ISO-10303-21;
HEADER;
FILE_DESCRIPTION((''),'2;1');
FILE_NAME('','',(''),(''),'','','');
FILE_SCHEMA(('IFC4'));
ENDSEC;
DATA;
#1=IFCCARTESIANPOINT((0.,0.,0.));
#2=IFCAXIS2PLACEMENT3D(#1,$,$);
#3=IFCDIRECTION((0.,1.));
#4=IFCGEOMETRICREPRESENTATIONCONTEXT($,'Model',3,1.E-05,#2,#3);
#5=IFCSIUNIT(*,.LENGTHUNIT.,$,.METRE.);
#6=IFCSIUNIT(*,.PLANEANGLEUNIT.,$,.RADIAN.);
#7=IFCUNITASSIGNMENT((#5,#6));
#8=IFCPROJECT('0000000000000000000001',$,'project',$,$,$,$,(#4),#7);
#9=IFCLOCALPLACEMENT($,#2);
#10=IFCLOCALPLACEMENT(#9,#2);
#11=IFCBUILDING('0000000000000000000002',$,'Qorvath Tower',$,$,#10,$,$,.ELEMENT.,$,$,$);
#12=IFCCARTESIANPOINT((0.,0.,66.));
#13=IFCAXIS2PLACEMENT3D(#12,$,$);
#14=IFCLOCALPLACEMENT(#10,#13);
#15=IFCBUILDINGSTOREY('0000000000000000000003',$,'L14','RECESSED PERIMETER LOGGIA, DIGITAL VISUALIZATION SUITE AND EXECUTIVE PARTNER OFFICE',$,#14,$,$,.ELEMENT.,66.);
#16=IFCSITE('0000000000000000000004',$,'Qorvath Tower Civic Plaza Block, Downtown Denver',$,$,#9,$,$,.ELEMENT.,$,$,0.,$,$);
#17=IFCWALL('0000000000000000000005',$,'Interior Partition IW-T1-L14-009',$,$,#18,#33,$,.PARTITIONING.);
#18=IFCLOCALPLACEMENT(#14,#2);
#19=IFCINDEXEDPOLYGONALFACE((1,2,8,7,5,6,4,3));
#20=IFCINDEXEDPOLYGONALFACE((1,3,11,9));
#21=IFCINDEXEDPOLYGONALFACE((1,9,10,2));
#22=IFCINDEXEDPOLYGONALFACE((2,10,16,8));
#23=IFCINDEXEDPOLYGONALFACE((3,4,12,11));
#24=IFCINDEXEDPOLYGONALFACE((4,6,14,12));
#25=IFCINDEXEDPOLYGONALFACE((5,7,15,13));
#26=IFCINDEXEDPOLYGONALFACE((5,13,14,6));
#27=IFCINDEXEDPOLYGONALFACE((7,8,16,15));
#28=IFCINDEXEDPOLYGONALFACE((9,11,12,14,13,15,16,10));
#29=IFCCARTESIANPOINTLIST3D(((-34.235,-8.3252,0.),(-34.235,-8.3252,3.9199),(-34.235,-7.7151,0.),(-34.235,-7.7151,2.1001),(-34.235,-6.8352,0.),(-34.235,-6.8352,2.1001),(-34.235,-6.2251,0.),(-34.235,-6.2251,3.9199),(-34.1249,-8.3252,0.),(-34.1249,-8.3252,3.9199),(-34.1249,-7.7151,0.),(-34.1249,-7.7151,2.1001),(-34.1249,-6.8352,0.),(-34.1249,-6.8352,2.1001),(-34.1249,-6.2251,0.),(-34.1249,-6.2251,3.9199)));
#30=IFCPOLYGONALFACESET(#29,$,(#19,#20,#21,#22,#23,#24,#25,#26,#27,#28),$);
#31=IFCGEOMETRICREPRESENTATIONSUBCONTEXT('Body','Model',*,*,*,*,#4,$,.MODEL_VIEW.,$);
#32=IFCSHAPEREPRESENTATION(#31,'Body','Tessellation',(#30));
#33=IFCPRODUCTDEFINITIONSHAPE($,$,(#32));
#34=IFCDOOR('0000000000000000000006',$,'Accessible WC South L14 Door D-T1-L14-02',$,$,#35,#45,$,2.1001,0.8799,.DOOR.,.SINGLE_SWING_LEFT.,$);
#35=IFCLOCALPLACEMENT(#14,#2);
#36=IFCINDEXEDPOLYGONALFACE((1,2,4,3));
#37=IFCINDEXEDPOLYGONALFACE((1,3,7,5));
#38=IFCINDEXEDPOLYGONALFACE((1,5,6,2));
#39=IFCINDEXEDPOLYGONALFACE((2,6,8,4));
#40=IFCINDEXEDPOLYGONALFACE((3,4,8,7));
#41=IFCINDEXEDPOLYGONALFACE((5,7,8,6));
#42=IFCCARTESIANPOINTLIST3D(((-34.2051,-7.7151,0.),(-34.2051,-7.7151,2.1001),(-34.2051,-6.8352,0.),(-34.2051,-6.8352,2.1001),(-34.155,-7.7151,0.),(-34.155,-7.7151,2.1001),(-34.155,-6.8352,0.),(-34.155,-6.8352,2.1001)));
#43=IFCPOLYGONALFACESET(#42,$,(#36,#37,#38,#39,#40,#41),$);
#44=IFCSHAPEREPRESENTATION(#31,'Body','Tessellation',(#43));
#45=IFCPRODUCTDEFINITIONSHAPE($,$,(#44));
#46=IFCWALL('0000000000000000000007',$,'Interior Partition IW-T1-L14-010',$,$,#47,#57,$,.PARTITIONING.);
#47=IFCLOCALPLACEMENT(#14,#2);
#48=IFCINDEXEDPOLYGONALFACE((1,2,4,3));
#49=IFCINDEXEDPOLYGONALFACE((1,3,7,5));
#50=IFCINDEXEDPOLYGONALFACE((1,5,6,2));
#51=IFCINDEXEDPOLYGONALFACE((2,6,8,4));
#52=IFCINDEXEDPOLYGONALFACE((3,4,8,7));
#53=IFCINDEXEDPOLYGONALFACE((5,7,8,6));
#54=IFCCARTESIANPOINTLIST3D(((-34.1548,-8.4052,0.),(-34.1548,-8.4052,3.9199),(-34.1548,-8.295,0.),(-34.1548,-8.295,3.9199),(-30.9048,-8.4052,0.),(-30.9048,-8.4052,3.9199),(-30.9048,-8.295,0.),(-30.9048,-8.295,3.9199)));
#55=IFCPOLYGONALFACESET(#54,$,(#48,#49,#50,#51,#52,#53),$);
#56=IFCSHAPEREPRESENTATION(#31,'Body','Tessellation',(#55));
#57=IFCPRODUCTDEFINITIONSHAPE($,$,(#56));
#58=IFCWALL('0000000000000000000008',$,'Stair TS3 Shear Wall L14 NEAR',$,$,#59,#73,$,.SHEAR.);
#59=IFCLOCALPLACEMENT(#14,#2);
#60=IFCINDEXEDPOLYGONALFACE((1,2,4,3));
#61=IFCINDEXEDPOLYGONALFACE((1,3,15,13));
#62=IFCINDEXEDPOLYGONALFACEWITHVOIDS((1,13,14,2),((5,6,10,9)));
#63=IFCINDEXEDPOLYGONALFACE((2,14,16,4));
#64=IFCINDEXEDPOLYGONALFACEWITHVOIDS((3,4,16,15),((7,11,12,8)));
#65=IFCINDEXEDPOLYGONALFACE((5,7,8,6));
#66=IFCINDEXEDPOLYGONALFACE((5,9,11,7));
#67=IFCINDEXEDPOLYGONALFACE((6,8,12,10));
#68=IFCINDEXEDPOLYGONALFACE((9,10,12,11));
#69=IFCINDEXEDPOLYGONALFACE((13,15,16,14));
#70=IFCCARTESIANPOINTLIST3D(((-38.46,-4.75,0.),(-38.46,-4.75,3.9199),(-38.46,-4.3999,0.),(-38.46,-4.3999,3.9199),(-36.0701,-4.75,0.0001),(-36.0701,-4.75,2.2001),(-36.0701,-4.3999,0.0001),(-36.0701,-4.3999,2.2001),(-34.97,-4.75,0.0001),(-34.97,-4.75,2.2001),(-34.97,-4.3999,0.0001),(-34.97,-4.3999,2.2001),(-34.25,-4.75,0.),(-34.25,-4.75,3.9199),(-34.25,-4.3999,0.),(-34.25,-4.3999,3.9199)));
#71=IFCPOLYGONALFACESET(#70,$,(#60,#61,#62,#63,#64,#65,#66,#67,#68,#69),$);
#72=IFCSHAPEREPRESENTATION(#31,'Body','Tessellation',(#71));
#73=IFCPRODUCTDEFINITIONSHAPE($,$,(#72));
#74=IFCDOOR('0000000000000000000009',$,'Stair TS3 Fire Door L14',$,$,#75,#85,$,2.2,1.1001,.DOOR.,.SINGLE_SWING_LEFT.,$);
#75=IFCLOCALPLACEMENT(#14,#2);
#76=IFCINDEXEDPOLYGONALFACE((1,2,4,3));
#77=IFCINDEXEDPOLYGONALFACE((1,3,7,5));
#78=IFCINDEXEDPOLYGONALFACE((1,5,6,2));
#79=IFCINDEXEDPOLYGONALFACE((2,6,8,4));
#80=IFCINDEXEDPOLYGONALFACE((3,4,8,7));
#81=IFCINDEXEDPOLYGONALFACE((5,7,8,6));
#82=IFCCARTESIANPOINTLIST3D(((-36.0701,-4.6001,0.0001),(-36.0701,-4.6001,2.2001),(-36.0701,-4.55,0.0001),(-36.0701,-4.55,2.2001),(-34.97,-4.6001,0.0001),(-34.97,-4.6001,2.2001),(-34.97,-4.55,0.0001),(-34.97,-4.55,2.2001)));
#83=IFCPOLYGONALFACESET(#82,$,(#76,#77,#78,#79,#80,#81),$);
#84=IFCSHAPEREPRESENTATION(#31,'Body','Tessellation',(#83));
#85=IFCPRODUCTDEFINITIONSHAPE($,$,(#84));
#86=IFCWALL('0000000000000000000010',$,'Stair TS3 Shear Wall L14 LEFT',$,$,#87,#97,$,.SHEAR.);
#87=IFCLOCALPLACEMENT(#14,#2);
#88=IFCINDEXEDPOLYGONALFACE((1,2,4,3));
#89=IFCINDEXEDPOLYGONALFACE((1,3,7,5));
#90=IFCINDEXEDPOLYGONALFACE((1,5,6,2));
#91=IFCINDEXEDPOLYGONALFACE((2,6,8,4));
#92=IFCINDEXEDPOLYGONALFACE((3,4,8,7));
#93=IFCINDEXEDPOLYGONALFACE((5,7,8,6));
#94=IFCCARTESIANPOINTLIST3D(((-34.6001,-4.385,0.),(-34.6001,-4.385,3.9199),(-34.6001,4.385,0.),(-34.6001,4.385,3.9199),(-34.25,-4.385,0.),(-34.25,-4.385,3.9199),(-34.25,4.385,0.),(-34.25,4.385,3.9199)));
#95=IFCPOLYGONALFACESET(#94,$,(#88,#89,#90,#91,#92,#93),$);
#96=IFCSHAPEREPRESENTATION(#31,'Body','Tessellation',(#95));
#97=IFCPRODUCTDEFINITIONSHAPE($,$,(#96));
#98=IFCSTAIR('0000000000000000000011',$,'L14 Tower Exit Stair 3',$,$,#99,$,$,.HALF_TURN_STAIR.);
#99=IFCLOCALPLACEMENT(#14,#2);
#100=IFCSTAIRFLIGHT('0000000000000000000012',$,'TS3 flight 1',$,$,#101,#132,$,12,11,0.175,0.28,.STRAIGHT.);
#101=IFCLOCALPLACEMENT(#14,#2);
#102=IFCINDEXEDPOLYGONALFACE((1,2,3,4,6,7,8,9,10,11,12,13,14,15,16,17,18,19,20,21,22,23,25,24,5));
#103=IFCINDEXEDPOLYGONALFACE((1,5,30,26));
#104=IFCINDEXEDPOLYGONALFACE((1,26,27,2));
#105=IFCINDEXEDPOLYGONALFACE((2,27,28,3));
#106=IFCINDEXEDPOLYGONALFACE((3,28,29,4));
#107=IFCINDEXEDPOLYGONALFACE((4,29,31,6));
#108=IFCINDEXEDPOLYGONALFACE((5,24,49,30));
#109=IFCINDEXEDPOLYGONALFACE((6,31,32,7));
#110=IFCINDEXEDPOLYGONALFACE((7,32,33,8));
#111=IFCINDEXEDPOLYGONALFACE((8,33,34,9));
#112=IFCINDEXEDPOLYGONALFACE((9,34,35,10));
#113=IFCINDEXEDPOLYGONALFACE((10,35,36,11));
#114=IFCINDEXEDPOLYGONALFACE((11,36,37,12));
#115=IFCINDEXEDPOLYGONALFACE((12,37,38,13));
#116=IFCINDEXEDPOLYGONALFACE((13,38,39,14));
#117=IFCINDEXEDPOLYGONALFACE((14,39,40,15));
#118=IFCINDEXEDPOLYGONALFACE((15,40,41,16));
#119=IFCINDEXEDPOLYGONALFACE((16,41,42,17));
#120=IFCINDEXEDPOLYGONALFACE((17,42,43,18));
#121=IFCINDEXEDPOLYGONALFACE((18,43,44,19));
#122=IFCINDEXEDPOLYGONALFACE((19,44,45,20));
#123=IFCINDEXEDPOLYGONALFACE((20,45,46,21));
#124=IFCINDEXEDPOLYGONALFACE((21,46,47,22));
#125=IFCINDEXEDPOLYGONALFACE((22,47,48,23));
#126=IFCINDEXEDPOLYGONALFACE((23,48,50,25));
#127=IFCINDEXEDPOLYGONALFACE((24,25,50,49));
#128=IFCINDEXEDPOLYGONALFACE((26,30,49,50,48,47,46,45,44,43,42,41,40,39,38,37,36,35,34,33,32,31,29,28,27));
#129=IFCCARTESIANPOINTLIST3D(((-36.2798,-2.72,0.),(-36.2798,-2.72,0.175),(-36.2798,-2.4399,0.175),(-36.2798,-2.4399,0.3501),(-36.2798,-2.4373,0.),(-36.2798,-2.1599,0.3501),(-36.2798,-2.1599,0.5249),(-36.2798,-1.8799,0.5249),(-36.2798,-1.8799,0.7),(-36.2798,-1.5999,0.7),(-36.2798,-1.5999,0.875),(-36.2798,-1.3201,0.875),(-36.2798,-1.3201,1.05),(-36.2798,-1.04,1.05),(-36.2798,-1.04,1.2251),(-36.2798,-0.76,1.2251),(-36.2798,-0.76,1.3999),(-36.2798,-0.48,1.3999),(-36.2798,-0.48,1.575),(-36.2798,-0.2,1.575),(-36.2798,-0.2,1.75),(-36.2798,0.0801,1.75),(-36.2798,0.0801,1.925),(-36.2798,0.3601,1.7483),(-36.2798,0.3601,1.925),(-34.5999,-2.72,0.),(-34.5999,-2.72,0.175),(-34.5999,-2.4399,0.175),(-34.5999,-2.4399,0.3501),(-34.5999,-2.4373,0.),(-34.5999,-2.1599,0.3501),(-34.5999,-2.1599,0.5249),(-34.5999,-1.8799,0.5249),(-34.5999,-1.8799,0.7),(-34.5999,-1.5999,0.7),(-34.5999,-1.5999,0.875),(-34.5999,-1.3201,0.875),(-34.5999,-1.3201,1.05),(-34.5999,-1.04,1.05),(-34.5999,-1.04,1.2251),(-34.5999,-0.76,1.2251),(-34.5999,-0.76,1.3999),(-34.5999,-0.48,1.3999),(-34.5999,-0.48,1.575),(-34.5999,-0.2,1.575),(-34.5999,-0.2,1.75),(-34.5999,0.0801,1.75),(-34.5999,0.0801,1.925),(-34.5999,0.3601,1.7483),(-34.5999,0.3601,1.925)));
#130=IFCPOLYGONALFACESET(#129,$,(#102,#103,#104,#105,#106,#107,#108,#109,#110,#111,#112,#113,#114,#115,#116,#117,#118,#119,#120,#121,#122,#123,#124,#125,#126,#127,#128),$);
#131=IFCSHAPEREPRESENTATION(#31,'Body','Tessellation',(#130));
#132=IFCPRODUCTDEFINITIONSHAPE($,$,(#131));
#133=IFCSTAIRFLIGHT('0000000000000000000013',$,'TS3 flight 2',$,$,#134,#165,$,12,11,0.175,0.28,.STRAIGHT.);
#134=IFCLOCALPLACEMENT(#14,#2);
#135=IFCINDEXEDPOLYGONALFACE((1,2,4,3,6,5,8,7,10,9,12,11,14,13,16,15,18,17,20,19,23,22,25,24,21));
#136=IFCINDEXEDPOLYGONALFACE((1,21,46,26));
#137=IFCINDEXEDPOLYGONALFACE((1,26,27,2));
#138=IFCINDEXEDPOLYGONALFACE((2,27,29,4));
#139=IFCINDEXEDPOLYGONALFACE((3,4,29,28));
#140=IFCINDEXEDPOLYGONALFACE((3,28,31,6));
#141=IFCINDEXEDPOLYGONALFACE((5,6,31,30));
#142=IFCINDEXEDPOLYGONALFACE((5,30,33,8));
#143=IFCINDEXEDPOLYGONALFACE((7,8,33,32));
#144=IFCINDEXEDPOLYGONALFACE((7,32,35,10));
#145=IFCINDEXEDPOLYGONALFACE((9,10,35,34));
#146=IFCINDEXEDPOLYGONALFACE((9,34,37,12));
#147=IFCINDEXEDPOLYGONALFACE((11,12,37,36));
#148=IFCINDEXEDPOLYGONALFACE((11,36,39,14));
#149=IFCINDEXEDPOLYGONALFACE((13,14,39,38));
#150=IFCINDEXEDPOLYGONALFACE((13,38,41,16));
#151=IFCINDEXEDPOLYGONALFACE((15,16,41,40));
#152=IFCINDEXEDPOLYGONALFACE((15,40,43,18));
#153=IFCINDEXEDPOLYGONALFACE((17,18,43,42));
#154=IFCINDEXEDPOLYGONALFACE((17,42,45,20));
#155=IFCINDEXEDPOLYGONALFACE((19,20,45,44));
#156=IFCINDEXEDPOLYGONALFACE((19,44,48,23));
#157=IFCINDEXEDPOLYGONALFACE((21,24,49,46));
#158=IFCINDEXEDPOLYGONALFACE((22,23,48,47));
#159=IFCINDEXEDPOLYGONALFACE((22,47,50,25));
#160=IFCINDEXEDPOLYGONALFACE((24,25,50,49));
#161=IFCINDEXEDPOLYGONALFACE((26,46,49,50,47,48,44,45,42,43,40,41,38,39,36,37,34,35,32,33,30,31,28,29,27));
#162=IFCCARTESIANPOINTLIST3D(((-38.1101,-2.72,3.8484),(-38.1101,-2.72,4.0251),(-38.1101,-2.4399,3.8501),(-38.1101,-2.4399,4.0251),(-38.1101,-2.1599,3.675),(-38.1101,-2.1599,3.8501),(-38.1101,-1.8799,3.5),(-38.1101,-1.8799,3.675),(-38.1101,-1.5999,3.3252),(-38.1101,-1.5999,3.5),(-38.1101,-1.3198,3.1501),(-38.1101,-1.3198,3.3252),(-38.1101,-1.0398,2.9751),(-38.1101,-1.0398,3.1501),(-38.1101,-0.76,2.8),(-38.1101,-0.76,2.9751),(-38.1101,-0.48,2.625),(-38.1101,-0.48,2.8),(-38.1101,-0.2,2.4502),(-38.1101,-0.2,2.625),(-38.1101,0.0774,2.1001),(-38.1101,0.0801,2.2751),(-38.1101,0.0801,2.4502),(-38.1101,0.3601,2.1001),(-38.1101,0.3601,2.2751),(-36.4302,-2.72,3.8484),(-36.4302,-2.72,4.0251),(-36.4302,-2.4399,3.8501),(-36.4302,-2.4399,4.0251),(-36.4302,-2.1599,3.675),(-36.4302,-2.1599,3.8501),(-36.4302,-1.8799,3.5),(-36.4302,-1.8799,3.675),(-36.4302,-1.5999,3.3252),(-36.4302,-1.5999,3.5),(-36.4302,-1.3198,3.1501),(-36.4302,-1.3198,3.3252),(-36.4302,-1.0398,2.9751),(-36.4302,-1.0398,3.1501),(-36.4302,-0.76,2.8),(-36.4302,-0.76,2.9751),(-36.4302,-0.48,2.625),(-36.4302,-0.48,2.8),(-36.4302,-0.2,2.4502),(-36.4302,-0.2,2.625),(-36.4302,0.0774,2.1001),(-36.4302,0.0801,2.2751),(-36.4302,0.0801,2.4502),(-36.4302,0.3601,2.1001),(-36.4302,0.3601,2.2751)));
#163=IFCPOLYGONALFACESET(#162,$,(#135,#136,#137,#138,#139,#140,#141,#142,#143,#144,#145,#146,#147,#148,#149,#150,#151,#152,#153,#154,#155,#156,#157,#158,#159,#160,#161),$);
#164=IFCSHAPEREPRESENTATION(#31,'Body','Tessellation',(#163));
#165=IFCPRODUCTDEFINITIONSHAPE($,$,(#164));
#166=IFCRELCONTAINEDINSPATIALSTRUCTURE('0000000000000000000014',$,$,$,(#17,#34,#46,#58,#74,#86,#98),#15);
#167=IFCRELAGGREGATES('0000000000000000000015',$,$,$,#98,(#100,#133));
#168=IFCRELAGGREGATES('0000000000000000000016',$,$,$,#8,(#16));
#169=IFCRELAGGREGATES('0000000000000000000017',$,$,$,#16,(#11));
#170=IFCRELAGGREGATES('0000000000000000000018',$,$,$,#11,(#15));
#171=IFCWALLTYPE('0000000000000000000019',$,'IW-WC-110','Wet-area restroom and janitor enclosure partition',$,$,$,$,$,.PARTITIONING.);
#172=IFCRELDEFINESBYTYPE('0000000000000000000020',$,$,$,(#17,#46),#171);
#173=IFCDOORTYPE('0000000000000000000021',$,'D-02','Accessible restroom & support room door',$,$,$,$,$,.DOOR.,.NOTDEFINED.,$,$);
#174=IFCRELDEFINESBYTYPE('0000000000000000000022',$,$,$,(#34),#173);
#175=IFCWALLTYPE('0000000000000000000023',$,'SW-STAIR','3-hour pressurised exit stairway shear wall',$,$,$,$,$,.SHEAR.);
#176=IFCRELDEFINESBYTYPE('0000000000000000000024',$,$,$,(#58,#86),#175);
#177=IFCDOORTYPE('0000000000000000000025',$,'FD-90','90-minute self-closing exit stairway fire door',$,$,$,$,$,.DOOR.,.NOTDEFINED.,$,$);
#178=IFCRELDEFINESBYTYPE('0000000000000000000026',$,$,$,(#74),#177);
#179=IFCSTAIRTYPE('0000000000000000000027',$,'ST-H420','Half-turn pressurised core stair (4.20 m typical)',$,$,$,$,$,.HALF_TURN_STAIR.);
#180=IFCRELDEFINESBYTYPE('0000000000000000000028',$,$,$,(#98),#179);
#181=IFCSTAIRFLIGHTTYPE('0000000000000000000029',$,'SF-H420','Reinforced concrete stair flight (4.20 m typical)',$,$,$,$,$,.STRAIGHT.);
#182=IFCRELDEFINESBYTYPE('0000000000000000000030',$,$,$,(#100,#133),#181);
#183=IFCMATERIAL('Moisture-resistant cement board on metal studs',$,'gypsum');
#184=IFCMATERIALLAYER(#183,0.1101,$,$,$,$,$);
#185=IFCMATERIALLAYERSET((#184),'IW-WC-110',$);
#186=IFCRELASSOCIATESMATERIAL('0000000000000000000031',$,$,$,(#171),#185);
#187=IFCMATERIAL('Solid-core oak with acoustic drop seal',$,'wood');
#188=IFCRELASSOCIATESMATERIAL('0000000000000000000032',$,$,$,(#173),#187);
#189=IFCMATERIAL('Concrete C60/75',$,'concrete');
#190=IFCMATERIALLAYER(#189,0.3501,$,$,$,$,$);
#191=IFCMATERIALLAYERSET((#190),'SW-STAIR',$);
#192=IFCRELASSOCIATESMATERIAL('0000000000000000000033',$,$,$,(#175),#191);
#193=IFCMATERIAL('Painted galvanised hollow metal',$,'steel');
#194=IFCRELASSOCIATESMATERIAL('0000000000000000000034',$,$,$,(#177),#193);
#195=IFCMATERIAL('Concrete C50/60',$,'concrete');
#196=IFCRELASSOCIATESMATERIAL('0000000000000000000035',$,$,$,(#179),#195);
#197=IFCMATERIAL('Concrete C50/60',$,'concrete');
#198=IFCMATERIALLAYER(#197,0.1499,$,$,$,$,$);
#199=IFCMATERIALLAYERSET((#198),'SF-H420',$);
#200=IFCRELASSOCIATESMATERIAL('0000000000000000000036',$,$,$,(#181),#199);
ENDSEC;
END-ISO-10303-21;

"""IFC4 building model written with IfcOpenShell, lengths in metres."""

from ifc_helpers import new_model, si_unit, direction, frame, frame_2d, origin, place, context, subcontext, project, spatial, polyline, rectangle, outline, extrude, material, layer, layer_set, type_object, element, fill, aggregate, save


model = new_model("IFC4")

# Units and contexts
model_context = context("Model", 3, precision=1e-05, world=origin(), true_north=direction((0.0, 1.0)))
body_context = subcontext(model_context, "Body", "Model", "MODEL_VIEW")
ifc_project = project(units=[si_unit("LENGTHUNIT", "METRE"), si_unit("PLANEANGLEUNIT", "RADIAN")], contexts=[model_context])

# Site, building, storey
site_placement = place(None, origin())
site = spatial("IfcSite", under=ifc_project, at=site_placement, Name="Qorvath Tower Civic Plaza Block, Downtown Denver", CompositionType="ELEMENT", RefElevation=0.0)
building_placement = place(site_placement, origin())
building = spatial("IfcBuilding", under=site, at=building_placement, Name="Qorvath Tower", CompositionType="ELEMENT")
storey_placement = place(building_placement, frame((0.0, 0.0, 66.0)))
storey = spatial("IfcBuildingStorey", under=building, at=storey_placement, Name="L14", Description="RECESSED PERIMETER LOGGIA, DIGITAL VISUALIZATION SUITE AND EXECUTIVE PARTNER OFFICE", CompositionType="ELEMENT", Elevation=66.0)

# Wall, opening, door
ifc_material_1 = material(Name="Moisture-resistant cement board on metal studs", Category="gypsum")
ifc_layer_1 = layer(ifc_material_1, 0.1101)
ifc_layer_set_1 = layer_set([ifc_layer_1], Name="IW-WC-110")
wall_type_1 = type_object("IfcWallType", Name="IW-WC-110", Description="Wet-area restroom and janitor enclosure partition", PredefinedType="PARTITIONING", material=ifc_layer_set_1)
wall_1_placement = place(storey_placement, frame((-34.1799, -6.2251, 0.0), z_axis=(0.0, 0.0, 1.0), x_axis=(0.0, -1.0, 0.0)))
wall_1 = element("IfcWall", 1, at=wall_1_placement, inside=storey, type_object=wall_type_1, Name="Interior Partition IW-T1-L14-009", PredefinedType="PARTITIONING", context=body_context, shape_type="SweptSolid", body=[
    extrude(rectangle(XDim=2.1001, YDim=0.1101, at=frame_2d((1.05, 0.0))), origin(), (0.0, 0.0, 1.0), 3.9199),
])
opening_1_placement = place(wall_1_placement, frame((0.6101, 0.0, 0.0)))
opening_1 = element("IfcOpeningElement", 2, at=opening_1_placement, cuts=wall_1, PredefinedType="OPENING", context=body_context, shape_type="SweptSolid", body=[
    extrude(rectangle(XDim=0.8799, YDim=2.1001, at=frame_2d((0.4399, 1.05))), frame((0.0, 0.0649, 0.0), z_axis=(0.0, -1.0, 0.0), x_axis=(1.0, 0.0, 0.0)), (0.0, 0.0, 1.0), 0.1301),
])
ifc_material_2 = material(Name="Solid-core oak with acoustic drop seal", Category="wood")
door_type_1 = type_object("IfcDoorType", Name="D-02", Description="Accessible restroom & support room door", OperationType="NOTDEFINED", PredefinedType="DOOR", material=ifc_material_2)
door_1_placement = place(opening_1_placement, origin())
door_1 = element("IfcDoor", 3, at=door_1_placement, inside=storey, type_object=door_type_1, Name="Accessible WC South L14 Door D-T1-L14-02", OperationType="SINGLE_SWING_LEFT", OverallHeight=2.1001, OverallWidth=0.8799, PredefinedType="DOOR", context=body_context, shape_type="SweptSolid", body=[
    extrude(rectangle(XDim=0.8799, YDim=2.1001, at=frame_2d((0.4399, 1.05))), frame((0.0, 0.0249, 0.0), z_axis=(0.0, -1.0, 0.0), x_axis=(1.0, 0.0, 0.0)), (0.0, 0.0, 1.0), 0.05),
])
fill(opening_1, door_1)

# Wall
wall_2_placement = place(storey_placement, frame((-34.1548, -8.3501, 0.0), z_axis=(0.0, 0.0, 1.0), x_axis=(1.0, 0.0, 0.0)))
element("IfcWall", 4, at=wall_2_placement, inside=storey, type_object=wall_type_1, Name="Interior Partition IW-T1-L14-010", PredefinedType="PARTITIONING", context=body_context, shape_type="SweptSolid", body=[
    extrude(rectangle(XDim=3.25, YDim=0.1101, at=frame_2d((1.625, 0.0))), origin(), (0.0, 0.0, 1.0), 3.9199),
])

# Wall, opening, door
ifc_material_3 = material(Name="Concrete C60/75", Category="concrete")
ifc_layer_2 = layer(ifc_material_3, 0.3501)
ifc_layer_set_2 = layer_set([ifc_layer_2], Name="SW-STAIR")
wall_type_2 = type_object("IfcWallType", Name="SW-STAIR", Description="3-hour pressurised exit stairway shear wall", PredefinedType="SHEAR", material=ifc_layer_set_2)
wall_3_placement = place(storey_placement, frame((-38.46, -4.575, 0.0), z_axis=(0.0, 0.0, 1.0), x_axis=(1.0, 0.0, 0.0)))
wall_3 = element("IfcWall", 5, at=wall_3_placement, inside=storey, type_object=wall_type_2, Name="Stair TS3 Shear Wall L14 NEAR", PredefinedType="SHEAR", context=body_context, shape_type="SweptSolid", body=[
    extrude(rectangle(XDim=4.21, YDim=0.3501, at=frame_2d((2.105, 0.0))), origin(), (0.0, 0.0, 1.0), 3.9199),
])
opening_2_placement = place(wall_3_placement, frame((2.3899, 0.0, 0.0)))
opening_2 = element("IfcOpeningElement", 6, at=opening_2_placement, cuts=wall_3, PredefinedType="OPENING", context=body_context, shape_type="SweptSolid", body=[
    extrude(rectangle(XDim=1.1001, YDim=2.2, at=frame_2d((0.55, 1.1001))), frame((0.0, 0.1851, 0.0), z_axis=(0.0, -1.0, 0.0), x_axis=(1.0, 0.0, 0.0)), (0.0, 0.0, 1.0), 0.3701),
])
ifc_material_4 = material(Name="Painted galvanised hollow metal", Category="steel")
door_type_2 = type_object("IfcDoorType", Name="FD-90", Description="90-minute self-closing exit stairway fire door", OperationType="NOTDEFINED", PredefinedType="DOOR", material=ifc_material_4)
door_2_placement = place(opening_2_placement, origin())
door_2 = element("IfcDoor", 7, at=door_2_placement, inside=storey, type_object=door_type_2, Name="Stair TS3 Fire Door L14", OperationType="SINGLE_SWING_LEFT", OverallHeight=2.2, OverallWidth=1.1001, PredefinedType="DOOR", context=body_context, shape_type="SweptSolid", body=[
    extrude(rectangle(XDim=1.1001, YDim=2.2, at=frame_2d((0.55, 1.1001))), frame((0.0, 0.0249, 0.0), z_axis=(0.0, -1.0, 0.0), x_axis=(1.0, 0.0, 0.0)), (0.0, 0.0, 1.0), 0.05),
])
fill(opening_2, door_2)

# Wall
wall_4_placement = place(storey_placement, frame((-34.425, -4.385, 0.0), z_axis=(0.0, 0.0, 1.0), x_axis=(0.0, 1.0, 0.0)))
element("IfcWall", 8, at=wall_4_placement, inside=storey, type_object=wall_type_2, Name="Stair TS3 Shear Wall L14 LEFT", PredefinedType="SHEAR", context=body_context, shape_type="SweptSolid", body=[
    extrude(rectangle(XDim=8.77, YDim=0.3501, at=frame_2d((4.385, 0.0))), origin(), (0.0, 0.0, 1.0), 3.9199),
])

# Stair, stair flights
ifc_material_5 = material(Name="Concrete C50/60", Category="concrete")
stair_type = type_object("IfcStairType", Name="ST-H420", Description="Half-turn pressurised core stair (4.20 m typical)", PredefinedType="HALF_TURN_STAIR", material=ifc_material_5)
stair_placement = place(storey_placement, origin())
stair = element("IfcStair", 9, at=stair_placement, inside=storey, type_object=stair_type, Name="L14 Tower Exit Stair 3", PredefinedType="HALF_TURN_STAIR")
ifc_material_6 = material(Name="Concrete C50/60", Category="concrete")
ifc_layer_3 = layer(ifc_material_6, 0.1499)
ifc_layer_set_3 = layer_set([ifc_layer_3], Name="SF-H420")
stair_flight_type = type_object("IfcStairFlightType", Name="SF-H420", Description="Reinforced concrete stair flight (4.20 m typical)", PredefinedType="STRAIGHT", material=ifc_layer_set_3)
stair_flight_1_placement = place(storey_placement, frame((-35.4399, -2.72, 0.0), z_axis=(0.0, 0.0, 1.0), x_axis=(0.0, 1.0, 0.0)))
stair_flight_1 = element("IfcStairFlight", 10, at=stair_flight_1_placement, type_object=stair_flight_type, Name="TS3 flight 1", NumberOfRisers=12, NumberOfTreads=11, PredefinedType="STRAIGHT", RiserHeight=0.175, TreadLength=0.28, context=body_context, shape_type="SweptSolid", body=[
    extrude(outline(polyline([(0.0, 0.0), (0.0, 0.175), (0.28, 0.175), (0.28, 0.3501), (0.5601, 0.3501), (0.5601, 0.5249), (0.8401, 0.5249), (0.8401, 0.7), (1.1201, 0.7), (1.1201, 0.875), (1.3999, 0.875), (1.3999, 1.05), (1.6799, 1.05), (1.6799, 1.2251), (1.96, 1.2251), (1.96, 1.3999), (2.24, 1.3999), (2.24, 1.575), (2.52, 1.575), (2.52, 1.75), (2.8, 1.75), (2.8, 1.925), (3.0801, 1.925), (3.0801, 2.1001), (3.0801, 1.7483), (0.2827, 0.0), (0.0, 0.0)])), frame((0.0, 0.8398, 0.0), z_axis=(0.0, -1.0, 0.0), x_axis=(1.0, 0.0, 0.0)), (0.0, 0.0, 1.0), 1.6799),
])
stair_flight_2_placement = place(storey_placement, frame((-37.27, 0.3601, 2.1001), z_axis=(0.0, 0.0, 1.0), x_axis=(0.0, -1.0, 0.0)))
stair_flight_2 = element("IfcStairFlight", 11, at=stair_flight_2_placement, type_object=stair_flight_type, Name="TS3 flight 2", NumberOfRisers=12, NumberOfTreads=11, PredefinedType="STRAIGHT", RiserHeight=0.175, TreadLength=0.28, context=body_context, shape_type="SweptSolid", body=[
    extrude(outline(polyline([(0.0, 0.0), (0.0, 0.175), (0.28, 0.175), (0.28, 0.3501), (0.5601, 0.3501), (0.5601, 0.5249), (0.8401, 0.5249), (0.8401, 0.7), (1.1201, 0.7), (1.1201, 0.875), (1.3999, 0.875), (1.3999, 1.05), (1.6799, 1.05), (1.6799, 1.2251), (1.96, 1.2251), (1.96, 1.3999), (2.24, 1.3999), (2.24, 1.575), (2.52, 1.575), (2.52, 1.75), (2.8, 1.75), (2.8, 1.925), (3.0801, 1.925), (3.0801, 2.1001), (3.0801, 1.7483), (0.2827, 0.0), (0.0, 0.0)])), frame((0.0, 0.8398, 0.0), z_axis=(0.0, -1.0, 0.0), x_axis=(1.0, 0.0, 0.0)), (0.0, 0.0, 1.0), 1.6799),
])
aggregate(stair, [stair_flight_1, stair_flight_2])

save(model, "model.ifc")
